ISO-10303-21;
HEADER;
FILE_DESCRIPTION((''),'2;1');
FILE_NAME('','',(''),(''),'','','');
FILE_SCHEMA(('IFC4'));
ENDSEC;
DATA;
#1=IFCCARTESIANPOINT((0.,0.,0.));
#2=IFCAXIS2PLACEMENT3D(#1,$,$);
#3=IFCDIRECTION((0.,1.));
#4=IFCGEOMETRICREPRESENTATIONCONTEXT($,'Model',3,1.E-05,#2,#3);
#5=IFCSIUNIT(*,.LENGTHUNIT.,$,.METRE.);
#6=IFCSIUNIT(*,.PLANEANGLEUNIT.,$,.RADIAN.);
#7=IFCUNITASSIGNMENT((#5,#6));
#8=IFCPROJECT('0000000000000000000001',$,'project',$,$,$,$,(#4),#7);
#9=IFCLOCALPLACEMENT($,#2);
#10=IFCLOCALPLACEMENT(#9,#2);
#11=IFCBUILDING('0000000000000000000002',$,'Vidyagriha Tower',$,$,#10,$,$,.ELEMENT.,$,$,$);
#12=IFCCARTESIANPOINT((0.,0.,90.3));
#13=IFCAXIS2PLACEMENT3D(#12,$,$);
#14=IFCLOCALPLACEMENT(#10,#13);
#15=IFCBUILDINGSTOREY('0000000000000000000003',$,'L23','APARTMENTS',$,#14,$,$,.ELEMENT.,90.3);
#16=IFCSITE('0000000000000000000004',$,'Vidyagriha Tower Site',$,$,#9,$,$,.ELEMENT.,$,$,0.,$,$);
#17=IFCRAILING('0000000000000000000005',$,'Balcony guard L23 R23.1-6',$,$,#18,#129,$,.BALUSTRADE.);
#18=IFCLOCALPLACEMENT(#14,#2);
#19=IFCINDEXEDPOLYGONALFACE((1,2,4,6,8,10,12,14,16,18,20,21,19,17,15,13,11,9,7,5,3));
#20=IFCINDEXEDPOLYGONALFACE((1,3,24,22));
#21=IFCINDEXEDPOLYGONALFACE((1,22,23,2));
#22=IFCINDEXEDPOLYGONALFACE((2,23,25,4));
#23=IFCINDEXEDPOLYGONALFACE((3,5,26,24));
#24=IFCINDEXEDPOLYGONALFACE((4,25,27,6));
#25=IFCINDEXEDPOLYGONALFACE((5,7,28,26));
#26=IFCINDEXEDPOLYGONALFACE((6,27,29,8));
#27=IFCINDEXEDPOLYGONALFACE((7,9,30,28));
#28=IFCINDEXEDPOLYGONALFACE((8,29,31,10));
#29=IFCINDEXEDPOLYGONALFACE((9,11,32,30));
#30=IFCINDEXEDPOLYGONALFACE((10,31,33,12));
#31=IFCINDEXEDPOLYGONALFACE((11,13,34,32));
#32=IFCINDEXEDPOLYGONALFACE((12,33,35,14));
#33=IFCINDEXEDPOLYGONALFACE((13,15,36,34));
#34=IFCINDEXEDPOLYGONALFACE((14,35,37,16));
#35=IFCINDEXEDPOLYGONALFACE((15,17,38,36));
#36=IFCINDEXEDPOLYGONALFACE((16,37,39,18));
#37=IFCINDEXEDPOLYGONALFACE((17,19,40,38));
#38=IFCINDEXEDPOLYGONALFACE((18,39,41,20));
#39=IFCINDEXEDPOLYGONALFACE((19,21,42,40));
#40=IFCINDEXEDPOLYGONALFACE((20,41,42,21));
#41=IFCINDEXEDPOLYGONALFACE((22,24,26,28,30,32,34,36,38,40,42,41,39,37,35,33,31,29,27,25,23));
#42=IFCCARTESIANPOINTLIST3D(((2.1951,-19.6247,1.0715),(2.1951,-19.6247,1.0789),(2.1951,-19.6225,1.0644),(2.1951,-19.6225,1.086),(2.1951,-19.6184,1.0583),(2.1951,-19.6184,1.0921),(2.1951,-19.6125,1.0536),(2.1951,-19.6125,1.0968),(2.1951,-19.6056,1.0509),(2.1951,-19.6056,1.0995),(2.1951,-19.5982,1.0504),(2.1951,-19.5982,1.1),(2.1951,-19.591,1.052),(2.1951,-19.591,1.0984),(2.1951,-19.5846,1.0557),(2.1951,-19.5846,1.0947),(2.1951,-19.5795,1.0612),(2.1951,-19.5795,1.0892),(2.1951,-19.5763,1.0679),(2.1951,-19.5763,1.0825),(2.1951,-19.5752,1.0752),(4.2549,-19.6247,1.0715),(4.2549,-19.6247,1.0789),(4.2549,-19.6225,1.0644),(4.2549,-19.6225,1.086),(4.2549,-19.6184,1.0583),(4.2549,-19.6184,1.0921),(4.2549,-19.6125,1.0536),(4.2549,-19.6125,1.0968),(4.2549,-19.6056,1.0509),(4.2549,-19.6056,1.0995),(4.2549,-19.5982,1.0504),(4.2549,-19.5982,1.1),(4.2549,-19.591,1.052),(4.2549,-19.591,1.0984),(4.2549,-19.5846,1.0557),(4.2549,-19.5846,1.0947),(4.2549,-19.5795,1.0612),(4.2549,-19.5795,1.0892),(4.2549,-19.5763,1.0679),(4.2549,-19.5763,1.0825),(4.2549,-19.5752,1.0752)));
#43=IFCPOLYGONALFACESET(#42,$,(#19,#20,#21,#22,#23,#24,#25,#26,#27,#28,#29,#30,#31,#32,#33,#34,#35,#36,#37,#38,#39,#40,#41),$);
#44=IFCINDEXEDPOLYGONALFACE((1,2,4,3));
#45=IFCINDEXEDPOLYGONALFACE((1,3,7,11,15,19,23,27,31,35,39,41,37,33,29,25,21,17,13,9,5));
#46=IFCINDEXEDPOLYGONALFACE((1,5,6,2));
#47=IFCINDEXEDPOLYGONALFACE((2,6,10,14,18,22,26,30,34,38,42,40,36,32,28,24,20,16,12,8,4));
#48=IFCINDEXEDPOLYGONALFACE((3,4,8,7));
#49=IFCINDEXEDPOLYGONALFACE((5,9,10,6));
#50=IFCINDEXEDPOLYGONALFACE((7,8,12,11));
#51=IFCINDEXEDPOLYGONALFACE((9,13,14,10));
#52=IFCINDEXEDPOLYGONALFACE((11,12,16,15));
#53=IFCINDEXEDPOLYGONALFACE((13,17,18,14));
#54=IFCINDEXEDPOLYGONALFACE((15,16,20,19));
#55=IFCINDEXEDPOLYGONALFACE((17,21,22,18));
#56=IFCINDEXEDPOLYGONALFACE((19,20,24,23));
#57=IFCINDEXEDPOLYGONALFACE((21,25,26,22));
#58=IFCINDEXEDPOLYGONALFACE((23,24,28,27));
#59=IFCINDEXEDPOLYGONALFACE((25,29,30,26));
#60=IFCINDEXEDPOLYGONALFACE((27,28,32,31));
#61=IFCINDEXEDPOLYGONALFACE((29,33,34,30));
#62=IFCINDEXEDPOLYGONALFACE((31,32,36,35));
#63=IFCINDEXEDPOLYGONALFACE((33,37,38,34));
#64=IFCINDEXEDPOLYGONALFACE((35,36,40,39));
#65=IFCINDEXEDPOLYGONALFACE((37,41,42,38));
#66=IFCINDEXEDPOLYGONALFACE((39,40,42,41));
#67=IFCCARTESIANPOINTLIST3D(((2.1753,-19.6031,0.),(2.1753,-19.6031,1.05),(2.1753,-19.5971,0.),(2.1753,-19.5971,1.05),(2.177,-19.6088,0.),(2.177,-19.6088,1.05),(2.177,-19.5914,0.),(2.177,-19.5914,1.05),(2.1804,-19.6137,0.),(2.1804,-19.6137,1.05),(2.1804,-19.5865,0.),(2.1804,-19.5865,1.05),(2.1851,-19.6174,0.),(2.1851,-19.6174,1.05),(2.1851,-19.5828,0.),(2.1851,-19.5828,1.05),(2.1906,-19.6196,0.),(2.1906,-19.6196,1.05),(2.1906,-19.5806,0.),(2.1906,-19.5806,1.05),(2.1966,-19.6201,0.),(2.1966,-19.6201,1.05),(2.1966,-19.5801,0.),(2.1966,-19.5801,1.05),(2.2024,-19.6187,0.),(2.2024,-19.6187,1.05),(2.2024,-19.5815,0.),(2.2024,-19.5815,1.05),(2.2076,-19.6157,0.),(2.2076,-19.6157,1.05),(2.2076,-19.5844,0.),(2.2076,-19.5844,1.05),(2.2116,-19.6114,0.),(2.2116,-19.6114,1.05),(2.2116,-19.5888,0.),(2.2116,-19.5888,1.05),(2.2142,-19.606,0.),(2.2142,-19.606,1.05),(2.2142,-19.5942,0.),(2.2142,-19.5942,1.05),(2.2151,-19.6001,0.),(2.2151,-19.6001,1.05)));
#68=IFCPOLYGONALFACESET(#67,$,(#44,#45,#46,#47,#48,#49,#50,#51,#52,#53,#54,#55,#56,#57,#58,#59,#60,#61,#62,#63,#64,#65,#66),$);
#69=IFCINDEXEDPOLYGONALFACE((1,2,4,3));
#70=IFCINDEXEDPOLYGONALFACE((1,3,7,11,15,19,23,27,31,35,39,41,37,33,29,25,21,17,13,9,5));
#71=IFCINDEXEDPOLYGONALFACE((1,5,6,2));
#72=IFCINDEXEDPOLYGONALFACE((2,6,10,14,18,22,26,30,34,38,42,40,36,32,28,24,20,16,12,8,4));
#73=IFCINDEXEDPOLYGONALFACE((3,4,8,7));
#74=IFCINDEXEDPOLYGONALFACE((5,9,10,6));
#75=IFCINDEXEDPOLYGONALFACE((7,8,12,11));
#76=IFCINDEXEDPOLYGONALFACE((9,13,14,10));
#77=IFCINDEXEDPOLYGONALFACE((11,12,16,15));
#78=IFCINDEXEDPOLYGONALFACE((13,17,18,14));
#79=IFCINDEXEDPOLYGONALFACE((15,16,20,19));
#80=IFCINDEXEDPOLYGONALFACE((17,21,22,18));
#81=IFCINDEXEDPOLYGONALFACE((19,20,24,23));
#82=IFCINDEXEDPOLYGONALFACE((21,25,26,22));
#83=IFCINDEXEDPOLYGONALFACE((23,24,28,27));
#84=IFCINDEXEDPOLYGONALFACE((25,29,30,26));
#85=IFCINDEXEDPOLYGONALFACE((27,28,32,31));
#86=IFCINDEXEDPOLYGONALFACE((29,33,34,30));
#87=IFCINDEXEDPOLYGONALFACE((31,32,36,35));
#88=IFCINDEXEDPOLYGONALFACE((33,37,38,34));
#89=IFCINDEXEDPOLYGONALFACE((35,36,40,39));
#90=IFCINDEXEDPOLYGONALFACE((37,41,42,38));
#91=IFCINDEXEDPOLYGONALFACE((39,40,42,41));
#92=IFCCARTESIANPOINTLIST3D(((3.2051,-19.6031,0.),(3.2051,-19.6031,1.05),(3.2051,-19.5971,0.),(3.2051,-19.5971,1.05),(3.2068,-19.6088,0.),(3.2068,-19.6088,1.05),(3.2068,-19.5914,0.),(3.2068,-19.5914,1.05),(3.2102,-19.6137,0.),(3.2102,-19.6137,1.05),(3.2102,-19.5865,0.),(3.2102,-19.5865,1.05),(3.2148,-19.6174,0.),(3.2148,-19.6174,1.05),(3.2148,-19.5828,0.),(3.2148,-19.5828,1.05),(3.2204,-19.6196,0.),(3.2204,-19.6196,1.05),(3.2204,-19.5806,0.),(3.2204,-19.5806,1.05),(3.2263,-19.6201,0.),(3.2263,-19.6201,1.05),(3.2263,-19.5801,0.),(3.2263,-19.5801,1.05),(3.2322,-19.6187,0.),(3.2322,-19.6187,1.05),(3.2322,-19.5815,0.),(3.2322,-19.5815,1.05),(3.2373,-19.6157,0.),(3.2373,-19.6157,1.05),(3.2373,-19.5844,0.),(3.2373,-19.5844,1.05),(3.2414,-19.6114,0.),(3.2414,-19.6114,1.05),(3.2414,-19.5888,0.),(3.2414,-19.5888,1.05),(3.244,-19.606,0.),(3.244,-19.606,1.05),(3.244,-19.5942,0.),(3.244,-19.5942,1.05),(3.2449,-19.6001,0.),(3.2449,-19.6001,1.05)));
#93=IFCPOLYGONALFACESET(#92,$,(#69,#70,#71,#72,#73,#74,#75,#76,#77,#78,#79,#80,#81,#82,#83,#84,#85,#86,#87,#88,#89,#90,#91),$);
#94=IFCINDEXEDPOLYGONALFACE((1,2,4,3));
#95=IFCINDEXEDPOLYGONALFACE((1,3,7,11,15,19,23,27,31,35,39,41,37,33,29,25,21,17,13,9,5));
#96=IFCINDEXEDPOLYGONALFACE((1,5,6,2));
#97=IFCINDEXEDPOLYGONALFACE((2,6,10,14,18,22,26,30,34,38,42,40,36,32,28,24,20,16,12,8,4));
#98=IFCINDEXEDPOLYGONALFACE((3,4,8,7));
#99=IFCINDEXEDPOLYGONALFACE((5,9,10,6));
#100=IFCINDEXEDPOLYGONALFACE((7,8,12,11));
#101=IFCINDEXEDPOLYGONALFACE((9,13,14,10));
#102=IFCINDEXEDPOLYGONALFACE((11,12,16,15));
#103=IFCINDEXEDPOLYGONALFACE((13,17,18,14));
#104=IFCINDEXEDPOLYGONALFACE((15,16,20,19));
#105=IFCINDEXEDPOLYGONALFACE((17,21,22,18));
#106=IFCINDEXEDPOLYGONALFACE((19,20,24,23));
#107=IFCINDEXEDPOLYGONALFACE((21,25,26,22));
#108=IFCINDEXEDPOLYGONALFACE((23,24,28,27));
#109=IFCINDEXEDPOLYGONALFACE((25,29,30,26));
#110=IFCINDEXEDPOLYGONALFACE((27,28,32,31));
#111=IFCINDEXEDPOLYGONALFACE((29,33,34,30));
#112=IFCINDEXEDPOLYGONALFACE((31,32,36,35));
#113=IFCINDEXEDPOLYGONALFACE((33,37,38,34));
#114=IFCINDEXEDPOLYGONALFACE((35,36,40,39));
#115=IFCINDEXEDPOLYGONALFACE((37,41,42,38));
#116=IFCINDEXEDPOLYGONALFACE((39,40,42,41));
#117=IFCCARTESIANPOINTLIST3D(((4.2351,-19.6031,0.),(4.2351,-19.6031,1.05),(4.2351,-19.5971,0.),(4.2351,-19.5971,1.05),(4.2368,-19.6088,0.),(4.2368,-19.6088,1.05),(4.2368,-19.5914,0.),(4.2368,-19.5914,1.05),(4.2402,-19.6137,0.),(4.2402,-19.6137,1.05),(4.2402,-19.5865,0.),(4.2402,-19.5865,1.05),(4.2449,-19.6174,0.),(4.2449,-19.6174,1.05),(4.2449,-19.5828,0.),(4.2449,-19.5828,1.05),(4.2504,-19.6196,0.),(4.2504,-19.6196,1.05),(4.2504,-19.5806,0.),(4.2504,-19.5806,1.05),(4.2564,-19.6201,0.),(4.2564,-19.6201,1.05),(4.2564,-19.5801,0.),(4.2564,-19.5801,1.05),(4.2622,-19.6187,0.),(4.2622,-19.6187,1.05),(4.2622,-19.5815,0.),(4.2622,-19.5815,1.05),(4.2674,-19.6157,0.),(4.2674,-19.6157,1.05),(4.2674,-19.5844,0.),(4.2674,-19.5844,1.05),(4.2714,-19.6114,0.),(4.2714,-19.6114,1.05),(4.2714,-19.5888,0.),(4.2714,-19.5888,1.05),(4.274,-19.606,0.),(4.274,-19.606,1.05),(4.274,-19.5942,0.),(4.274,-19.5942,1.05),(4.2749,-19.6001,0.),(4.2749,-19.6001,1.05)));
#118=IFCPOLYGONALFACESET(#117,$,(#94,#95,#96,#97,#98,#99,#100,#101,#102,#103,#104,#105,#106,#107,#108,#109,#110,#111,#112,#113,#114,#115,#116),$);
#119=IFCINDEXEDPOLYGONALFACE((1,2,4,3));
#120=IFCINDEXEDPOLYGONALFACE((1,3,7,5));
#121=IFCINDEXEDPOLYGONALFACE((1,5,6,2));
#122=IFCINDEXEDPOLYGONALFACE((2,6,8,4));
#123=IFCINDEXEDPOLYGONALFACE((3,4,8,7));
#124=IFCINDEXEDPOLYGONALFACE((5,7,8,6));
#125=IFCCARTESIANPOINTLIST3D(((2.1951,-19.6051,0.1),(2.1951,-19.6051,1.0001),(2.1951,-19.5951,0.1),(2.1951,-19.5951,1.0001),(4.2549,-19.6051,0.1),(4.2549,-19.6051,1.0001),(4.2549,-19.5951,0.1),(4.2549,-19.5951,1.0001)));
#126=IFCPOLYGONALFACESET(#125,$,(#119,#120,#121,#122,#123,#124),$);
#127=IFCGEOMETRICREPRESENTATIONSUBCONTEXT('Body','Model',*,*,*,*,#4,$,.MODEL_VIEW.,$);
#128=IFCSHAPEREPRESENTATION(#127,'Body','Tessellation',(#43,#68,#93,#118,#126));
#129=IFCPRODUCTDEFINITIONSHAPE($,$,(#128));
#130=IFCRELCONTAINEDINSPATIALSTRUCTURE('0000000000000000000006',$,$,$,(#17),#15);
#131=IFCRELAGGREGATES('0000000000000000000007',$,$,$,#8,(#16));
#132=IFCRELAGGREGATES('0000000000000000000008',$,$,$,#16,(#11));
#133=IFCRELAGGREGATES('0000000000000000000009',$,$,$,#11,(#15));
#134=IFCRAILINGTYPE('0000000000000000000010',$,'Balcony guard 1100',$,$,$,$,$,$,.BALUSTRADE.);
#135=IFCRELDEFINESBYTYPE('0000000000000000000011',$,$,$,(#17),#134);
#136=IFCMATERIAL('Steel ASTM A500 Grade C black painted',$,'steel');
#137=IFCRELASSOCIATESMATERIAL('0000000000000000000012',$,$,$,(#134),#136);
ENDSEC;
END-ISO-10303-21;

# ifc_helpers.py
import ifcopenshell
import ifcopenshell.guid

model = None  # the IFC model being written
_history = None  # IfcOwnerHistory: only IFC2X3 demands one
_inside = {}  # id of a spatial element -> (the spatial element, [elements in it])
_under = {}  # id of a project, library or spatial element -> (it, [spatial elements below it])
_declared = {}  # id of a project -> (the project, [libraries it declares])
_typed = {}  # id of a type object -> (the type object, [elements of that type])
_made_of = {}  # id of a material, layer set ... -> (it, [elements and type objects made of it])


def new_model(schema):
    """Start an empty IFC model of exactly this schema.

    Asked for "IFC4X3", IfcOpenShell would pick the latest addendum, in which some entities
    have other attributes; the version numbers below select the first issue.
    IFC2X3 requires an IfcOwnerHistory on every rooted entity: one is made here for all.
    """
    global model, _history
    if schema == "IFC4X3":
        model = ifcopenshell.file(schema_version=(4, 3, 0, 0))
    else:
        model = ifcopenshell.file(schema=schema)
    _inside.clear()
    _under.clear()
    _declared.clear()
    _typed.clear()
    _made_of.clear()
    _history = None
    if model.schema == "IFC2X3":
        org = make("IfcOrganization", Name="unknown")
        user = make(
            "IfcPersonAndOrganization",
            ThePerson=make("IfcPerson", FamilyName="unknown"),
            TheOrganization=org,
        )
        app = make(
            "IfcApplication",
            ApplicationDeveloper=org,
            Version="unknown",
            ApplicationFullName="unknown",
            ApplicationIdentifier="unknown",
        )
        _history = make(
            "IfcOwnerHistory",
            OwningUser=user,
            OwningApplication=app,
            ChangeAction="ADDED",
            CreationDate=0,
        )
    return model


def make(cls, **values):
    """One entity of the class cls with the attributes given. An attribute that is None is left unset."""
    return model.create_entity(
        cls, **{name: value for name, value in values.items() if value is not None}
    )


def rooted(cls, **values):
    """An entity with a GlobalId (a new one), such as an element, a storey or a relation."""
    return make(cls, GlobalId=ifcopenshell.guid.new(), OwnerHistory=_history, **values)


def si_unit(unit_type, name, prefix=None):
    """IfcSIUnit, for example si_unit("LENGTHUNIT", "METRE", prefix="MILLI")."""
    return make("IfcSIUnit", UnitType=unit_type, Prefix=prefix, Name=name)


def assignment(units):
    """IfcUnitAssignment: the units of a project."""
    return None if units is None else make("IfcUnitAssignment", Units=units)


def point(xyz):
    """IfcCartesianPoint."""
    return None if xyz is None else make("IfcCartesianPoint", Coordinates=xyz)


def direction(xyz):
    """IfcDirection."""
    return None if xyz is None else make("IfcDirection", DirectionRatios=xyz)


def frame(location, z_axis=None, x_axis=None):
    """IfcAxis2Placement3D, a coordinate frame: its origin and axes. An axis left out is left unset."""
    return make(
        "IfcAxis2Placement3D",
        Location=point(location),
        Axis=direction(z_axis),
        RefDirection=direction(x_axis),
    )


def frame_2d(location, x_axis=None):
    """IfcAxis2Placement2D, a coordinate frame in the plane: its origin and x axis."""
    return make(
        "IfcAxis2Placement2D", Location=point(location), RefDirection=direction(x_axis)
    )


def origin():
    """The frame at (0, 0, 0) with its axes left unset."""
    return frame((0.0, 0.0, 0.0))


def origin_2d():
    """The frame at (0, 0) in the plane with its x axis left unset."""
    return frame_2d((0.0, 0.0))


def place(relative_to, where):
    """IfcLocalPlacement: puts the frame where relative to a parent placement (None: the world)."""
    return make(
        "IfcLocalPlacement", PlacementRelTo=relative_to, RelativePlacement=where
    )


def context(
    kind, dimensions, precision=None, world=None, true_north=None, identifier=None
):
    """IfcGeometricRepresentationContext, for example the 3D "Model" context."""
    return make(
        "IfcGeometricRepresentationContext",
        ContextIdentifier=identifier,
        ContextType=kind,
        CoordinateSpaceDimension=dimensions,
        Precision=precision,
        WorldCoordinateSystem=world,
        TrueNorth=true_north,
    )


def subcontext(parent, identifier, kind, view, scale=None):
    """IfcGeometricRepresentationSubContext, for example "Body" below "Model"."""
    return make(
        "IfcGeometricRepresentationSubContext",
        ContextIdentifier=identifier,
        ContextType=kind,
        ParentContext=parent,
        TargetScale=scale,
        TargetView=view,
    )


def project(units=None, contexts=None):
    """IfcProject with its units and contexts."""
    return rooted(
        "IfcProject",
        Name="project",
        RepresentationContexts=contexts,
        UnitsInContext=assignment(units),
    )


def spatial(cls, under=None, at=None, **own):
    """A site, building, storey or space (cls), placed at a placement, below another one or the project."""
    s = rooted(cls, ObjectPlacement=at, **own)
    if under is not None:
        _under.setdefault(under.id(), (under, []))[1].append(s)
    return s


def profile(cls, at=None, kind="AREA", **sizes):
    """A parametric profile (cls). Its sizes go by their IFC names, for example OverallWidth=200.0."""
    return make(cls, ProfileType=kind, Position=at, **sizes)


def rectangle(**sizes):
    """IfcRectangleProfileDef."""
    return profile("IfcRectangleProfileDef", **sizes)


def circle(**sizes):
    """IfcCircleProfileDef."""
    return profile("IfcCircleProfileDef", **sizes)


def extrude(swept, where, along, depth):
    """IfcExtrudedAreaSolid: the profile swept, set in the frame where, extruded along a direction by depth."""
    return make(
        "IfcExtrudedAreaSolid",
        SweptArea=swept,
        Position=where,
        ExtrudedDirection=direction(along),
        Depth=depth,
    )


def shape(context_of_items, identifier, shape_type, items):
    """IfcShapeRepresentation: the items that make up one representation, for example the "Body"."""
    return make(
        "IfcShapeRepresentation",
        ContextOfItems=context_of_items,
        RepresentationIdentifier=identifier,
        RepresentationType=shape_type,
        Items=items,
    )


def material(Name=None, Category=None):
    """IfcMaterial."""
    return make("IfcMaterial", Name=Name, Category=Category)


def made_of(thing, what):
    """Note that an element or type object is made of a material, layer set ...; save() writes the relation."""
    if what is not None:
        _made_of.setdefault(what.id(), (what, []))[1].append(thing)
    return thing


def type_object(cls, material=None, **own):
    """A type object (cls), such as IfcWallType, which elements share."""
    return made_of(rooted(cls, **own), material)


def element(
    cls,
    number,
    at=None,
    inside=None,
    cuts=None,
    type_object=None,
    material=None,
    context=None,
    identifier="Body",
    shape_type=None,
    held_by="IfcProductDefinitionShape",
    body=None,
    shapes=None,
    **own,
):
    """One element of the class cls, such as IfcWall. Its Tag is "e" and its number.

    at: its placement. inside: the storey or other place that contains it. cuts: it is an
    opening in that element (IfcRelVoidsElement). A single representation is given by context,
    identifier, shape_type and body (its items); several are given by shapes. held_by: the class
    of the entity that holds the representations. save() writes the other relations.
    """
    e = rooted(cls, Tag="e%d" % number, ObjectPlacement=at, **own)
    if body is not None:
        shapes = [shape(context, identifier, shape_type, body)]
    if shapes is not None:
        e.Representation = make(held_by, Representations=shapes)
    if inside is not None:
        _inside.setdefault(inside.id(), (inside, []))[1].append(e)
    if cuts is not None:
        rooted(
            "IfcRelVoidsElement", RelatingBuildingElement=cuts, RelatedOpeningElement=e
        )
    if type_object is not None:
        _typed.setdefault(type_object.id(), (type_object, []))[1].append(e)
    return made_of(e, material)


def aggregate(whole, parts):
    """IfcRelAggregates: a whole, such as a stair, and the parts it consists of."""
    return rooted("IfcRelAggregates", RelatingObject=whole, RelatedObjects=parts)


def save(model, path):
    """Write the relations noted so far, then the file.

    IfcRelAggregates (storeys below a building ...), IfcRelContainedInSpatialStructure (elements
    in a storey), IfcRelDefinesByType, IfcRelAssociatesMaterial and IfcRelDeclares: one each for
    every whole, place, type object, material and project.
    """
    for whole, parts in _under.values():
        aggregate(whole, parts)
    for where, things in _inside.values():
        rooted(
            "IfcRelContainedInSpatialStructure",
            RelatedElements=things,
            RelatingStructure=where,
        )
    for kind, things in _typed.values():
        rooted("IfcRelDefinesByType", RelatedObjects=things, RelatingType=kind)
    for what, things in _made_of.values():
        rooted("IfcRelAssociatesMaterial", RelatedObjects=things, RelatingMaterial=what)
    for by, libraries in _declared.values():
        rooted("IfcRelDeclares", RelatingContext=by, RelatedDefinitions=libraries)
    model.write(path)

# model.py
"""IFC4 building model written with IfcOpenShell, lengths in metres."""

from ifc_helpers import new_model, si_unit, direction, frame, origin, origin_2d, place, context, subcontext, project, spatial, rectangle, circle, extrude, material, type_object, element, save


model = new_model("IFC4")

# Units and contexts
model_context = context("Model", 3, precision=1e-05, world=origin(), true_north=direction((0.0, 1.0)))
body_context = subcontext(model_context, "Body", "Model", "MODEL_VIEW")
ifc_project = project(units=[si_unit("LENGTHUNIT", "METRE"), si_unit("PLANEANGLEUNIT", "RADIAN")], contexts=[model_context])

# Site, building, storey
site_placement = place(None, origin())
site = spatial("IfcSite", under=ifc_project, at=site_placement, Name="Vidyagriha Tower Site", CompositionType="ELEMENT", RefElevation=0.0)
building_placement = place(site_placement, origin())
building = spatial("IfcBuilding", under=site, at=building_placement, Name="Vidyagriha Tower", CompositionType="ELEMENT")
storey_placement = place(building_placement, frame((0.0, 0.0, 90.3)))
storey = spatial("IfcBuildingStorey", under=building, at=storey_placement, Name="L23", Description="APARTMENTS", CompositionType="ELEMENT", Elevation=90.3)

# Railing
ifc_material_1 = material(Name="Steel ASTM A500 Grade C black painted", Category="steel")
railing_type = type_object("IfcRailingType", Name="Balcony guard 1100", PredefinedType="BALUSTRADE", material=ifc_material_1)
railing_placement = place(storey_placement, frame((2.1951, -19.6001, 0.0)))
element("IfcRailing", 1, at=railing_placement, inside=storey, type_object=railing_type, Name="Balcony guard L23 R23.1-6", PredefinedType="BALUSTRADE", context=body_context, shape_type="SweptSolid", body=[
    extrude(circle(Radius=0.0249, at=origin_2d()), frame((0.0, 0.0, 1.0752), z_axis=(1.0, 0.0, 0.0), x_axis=(0.0, 1.0, 0.0)), (0.0, 0.0, 1.0), 2.0598),
    extrude(circle(Radius=0.02, at=origin_2d()), origin(), (0.0, 0.0, 1.0), 1.05),
    extrude(circle(Radius=0.02, at=origin_2d()), frame((1.0298, 0.0, 0.0)), (0.0, 0.0, 1.0), 1.05),
    extrude(circle(Radius=0.02, at=origin_2d()), frame((2.0598, 0.0, 0.0)), (0.0, 0.0, 1.0), 1.05),
    extrude(rectangle(XDim=0.01, YDim=0.9001, at=origin_2d()), frame((0.0, 0.0, 0.55), z_axis=(1.0, 0.0, 0.0), x_axis=(0.0, 1.0, 0.0)), (0.0, 0.0, 1.0), 2.0598),
])

save(model, "model.ifc")
